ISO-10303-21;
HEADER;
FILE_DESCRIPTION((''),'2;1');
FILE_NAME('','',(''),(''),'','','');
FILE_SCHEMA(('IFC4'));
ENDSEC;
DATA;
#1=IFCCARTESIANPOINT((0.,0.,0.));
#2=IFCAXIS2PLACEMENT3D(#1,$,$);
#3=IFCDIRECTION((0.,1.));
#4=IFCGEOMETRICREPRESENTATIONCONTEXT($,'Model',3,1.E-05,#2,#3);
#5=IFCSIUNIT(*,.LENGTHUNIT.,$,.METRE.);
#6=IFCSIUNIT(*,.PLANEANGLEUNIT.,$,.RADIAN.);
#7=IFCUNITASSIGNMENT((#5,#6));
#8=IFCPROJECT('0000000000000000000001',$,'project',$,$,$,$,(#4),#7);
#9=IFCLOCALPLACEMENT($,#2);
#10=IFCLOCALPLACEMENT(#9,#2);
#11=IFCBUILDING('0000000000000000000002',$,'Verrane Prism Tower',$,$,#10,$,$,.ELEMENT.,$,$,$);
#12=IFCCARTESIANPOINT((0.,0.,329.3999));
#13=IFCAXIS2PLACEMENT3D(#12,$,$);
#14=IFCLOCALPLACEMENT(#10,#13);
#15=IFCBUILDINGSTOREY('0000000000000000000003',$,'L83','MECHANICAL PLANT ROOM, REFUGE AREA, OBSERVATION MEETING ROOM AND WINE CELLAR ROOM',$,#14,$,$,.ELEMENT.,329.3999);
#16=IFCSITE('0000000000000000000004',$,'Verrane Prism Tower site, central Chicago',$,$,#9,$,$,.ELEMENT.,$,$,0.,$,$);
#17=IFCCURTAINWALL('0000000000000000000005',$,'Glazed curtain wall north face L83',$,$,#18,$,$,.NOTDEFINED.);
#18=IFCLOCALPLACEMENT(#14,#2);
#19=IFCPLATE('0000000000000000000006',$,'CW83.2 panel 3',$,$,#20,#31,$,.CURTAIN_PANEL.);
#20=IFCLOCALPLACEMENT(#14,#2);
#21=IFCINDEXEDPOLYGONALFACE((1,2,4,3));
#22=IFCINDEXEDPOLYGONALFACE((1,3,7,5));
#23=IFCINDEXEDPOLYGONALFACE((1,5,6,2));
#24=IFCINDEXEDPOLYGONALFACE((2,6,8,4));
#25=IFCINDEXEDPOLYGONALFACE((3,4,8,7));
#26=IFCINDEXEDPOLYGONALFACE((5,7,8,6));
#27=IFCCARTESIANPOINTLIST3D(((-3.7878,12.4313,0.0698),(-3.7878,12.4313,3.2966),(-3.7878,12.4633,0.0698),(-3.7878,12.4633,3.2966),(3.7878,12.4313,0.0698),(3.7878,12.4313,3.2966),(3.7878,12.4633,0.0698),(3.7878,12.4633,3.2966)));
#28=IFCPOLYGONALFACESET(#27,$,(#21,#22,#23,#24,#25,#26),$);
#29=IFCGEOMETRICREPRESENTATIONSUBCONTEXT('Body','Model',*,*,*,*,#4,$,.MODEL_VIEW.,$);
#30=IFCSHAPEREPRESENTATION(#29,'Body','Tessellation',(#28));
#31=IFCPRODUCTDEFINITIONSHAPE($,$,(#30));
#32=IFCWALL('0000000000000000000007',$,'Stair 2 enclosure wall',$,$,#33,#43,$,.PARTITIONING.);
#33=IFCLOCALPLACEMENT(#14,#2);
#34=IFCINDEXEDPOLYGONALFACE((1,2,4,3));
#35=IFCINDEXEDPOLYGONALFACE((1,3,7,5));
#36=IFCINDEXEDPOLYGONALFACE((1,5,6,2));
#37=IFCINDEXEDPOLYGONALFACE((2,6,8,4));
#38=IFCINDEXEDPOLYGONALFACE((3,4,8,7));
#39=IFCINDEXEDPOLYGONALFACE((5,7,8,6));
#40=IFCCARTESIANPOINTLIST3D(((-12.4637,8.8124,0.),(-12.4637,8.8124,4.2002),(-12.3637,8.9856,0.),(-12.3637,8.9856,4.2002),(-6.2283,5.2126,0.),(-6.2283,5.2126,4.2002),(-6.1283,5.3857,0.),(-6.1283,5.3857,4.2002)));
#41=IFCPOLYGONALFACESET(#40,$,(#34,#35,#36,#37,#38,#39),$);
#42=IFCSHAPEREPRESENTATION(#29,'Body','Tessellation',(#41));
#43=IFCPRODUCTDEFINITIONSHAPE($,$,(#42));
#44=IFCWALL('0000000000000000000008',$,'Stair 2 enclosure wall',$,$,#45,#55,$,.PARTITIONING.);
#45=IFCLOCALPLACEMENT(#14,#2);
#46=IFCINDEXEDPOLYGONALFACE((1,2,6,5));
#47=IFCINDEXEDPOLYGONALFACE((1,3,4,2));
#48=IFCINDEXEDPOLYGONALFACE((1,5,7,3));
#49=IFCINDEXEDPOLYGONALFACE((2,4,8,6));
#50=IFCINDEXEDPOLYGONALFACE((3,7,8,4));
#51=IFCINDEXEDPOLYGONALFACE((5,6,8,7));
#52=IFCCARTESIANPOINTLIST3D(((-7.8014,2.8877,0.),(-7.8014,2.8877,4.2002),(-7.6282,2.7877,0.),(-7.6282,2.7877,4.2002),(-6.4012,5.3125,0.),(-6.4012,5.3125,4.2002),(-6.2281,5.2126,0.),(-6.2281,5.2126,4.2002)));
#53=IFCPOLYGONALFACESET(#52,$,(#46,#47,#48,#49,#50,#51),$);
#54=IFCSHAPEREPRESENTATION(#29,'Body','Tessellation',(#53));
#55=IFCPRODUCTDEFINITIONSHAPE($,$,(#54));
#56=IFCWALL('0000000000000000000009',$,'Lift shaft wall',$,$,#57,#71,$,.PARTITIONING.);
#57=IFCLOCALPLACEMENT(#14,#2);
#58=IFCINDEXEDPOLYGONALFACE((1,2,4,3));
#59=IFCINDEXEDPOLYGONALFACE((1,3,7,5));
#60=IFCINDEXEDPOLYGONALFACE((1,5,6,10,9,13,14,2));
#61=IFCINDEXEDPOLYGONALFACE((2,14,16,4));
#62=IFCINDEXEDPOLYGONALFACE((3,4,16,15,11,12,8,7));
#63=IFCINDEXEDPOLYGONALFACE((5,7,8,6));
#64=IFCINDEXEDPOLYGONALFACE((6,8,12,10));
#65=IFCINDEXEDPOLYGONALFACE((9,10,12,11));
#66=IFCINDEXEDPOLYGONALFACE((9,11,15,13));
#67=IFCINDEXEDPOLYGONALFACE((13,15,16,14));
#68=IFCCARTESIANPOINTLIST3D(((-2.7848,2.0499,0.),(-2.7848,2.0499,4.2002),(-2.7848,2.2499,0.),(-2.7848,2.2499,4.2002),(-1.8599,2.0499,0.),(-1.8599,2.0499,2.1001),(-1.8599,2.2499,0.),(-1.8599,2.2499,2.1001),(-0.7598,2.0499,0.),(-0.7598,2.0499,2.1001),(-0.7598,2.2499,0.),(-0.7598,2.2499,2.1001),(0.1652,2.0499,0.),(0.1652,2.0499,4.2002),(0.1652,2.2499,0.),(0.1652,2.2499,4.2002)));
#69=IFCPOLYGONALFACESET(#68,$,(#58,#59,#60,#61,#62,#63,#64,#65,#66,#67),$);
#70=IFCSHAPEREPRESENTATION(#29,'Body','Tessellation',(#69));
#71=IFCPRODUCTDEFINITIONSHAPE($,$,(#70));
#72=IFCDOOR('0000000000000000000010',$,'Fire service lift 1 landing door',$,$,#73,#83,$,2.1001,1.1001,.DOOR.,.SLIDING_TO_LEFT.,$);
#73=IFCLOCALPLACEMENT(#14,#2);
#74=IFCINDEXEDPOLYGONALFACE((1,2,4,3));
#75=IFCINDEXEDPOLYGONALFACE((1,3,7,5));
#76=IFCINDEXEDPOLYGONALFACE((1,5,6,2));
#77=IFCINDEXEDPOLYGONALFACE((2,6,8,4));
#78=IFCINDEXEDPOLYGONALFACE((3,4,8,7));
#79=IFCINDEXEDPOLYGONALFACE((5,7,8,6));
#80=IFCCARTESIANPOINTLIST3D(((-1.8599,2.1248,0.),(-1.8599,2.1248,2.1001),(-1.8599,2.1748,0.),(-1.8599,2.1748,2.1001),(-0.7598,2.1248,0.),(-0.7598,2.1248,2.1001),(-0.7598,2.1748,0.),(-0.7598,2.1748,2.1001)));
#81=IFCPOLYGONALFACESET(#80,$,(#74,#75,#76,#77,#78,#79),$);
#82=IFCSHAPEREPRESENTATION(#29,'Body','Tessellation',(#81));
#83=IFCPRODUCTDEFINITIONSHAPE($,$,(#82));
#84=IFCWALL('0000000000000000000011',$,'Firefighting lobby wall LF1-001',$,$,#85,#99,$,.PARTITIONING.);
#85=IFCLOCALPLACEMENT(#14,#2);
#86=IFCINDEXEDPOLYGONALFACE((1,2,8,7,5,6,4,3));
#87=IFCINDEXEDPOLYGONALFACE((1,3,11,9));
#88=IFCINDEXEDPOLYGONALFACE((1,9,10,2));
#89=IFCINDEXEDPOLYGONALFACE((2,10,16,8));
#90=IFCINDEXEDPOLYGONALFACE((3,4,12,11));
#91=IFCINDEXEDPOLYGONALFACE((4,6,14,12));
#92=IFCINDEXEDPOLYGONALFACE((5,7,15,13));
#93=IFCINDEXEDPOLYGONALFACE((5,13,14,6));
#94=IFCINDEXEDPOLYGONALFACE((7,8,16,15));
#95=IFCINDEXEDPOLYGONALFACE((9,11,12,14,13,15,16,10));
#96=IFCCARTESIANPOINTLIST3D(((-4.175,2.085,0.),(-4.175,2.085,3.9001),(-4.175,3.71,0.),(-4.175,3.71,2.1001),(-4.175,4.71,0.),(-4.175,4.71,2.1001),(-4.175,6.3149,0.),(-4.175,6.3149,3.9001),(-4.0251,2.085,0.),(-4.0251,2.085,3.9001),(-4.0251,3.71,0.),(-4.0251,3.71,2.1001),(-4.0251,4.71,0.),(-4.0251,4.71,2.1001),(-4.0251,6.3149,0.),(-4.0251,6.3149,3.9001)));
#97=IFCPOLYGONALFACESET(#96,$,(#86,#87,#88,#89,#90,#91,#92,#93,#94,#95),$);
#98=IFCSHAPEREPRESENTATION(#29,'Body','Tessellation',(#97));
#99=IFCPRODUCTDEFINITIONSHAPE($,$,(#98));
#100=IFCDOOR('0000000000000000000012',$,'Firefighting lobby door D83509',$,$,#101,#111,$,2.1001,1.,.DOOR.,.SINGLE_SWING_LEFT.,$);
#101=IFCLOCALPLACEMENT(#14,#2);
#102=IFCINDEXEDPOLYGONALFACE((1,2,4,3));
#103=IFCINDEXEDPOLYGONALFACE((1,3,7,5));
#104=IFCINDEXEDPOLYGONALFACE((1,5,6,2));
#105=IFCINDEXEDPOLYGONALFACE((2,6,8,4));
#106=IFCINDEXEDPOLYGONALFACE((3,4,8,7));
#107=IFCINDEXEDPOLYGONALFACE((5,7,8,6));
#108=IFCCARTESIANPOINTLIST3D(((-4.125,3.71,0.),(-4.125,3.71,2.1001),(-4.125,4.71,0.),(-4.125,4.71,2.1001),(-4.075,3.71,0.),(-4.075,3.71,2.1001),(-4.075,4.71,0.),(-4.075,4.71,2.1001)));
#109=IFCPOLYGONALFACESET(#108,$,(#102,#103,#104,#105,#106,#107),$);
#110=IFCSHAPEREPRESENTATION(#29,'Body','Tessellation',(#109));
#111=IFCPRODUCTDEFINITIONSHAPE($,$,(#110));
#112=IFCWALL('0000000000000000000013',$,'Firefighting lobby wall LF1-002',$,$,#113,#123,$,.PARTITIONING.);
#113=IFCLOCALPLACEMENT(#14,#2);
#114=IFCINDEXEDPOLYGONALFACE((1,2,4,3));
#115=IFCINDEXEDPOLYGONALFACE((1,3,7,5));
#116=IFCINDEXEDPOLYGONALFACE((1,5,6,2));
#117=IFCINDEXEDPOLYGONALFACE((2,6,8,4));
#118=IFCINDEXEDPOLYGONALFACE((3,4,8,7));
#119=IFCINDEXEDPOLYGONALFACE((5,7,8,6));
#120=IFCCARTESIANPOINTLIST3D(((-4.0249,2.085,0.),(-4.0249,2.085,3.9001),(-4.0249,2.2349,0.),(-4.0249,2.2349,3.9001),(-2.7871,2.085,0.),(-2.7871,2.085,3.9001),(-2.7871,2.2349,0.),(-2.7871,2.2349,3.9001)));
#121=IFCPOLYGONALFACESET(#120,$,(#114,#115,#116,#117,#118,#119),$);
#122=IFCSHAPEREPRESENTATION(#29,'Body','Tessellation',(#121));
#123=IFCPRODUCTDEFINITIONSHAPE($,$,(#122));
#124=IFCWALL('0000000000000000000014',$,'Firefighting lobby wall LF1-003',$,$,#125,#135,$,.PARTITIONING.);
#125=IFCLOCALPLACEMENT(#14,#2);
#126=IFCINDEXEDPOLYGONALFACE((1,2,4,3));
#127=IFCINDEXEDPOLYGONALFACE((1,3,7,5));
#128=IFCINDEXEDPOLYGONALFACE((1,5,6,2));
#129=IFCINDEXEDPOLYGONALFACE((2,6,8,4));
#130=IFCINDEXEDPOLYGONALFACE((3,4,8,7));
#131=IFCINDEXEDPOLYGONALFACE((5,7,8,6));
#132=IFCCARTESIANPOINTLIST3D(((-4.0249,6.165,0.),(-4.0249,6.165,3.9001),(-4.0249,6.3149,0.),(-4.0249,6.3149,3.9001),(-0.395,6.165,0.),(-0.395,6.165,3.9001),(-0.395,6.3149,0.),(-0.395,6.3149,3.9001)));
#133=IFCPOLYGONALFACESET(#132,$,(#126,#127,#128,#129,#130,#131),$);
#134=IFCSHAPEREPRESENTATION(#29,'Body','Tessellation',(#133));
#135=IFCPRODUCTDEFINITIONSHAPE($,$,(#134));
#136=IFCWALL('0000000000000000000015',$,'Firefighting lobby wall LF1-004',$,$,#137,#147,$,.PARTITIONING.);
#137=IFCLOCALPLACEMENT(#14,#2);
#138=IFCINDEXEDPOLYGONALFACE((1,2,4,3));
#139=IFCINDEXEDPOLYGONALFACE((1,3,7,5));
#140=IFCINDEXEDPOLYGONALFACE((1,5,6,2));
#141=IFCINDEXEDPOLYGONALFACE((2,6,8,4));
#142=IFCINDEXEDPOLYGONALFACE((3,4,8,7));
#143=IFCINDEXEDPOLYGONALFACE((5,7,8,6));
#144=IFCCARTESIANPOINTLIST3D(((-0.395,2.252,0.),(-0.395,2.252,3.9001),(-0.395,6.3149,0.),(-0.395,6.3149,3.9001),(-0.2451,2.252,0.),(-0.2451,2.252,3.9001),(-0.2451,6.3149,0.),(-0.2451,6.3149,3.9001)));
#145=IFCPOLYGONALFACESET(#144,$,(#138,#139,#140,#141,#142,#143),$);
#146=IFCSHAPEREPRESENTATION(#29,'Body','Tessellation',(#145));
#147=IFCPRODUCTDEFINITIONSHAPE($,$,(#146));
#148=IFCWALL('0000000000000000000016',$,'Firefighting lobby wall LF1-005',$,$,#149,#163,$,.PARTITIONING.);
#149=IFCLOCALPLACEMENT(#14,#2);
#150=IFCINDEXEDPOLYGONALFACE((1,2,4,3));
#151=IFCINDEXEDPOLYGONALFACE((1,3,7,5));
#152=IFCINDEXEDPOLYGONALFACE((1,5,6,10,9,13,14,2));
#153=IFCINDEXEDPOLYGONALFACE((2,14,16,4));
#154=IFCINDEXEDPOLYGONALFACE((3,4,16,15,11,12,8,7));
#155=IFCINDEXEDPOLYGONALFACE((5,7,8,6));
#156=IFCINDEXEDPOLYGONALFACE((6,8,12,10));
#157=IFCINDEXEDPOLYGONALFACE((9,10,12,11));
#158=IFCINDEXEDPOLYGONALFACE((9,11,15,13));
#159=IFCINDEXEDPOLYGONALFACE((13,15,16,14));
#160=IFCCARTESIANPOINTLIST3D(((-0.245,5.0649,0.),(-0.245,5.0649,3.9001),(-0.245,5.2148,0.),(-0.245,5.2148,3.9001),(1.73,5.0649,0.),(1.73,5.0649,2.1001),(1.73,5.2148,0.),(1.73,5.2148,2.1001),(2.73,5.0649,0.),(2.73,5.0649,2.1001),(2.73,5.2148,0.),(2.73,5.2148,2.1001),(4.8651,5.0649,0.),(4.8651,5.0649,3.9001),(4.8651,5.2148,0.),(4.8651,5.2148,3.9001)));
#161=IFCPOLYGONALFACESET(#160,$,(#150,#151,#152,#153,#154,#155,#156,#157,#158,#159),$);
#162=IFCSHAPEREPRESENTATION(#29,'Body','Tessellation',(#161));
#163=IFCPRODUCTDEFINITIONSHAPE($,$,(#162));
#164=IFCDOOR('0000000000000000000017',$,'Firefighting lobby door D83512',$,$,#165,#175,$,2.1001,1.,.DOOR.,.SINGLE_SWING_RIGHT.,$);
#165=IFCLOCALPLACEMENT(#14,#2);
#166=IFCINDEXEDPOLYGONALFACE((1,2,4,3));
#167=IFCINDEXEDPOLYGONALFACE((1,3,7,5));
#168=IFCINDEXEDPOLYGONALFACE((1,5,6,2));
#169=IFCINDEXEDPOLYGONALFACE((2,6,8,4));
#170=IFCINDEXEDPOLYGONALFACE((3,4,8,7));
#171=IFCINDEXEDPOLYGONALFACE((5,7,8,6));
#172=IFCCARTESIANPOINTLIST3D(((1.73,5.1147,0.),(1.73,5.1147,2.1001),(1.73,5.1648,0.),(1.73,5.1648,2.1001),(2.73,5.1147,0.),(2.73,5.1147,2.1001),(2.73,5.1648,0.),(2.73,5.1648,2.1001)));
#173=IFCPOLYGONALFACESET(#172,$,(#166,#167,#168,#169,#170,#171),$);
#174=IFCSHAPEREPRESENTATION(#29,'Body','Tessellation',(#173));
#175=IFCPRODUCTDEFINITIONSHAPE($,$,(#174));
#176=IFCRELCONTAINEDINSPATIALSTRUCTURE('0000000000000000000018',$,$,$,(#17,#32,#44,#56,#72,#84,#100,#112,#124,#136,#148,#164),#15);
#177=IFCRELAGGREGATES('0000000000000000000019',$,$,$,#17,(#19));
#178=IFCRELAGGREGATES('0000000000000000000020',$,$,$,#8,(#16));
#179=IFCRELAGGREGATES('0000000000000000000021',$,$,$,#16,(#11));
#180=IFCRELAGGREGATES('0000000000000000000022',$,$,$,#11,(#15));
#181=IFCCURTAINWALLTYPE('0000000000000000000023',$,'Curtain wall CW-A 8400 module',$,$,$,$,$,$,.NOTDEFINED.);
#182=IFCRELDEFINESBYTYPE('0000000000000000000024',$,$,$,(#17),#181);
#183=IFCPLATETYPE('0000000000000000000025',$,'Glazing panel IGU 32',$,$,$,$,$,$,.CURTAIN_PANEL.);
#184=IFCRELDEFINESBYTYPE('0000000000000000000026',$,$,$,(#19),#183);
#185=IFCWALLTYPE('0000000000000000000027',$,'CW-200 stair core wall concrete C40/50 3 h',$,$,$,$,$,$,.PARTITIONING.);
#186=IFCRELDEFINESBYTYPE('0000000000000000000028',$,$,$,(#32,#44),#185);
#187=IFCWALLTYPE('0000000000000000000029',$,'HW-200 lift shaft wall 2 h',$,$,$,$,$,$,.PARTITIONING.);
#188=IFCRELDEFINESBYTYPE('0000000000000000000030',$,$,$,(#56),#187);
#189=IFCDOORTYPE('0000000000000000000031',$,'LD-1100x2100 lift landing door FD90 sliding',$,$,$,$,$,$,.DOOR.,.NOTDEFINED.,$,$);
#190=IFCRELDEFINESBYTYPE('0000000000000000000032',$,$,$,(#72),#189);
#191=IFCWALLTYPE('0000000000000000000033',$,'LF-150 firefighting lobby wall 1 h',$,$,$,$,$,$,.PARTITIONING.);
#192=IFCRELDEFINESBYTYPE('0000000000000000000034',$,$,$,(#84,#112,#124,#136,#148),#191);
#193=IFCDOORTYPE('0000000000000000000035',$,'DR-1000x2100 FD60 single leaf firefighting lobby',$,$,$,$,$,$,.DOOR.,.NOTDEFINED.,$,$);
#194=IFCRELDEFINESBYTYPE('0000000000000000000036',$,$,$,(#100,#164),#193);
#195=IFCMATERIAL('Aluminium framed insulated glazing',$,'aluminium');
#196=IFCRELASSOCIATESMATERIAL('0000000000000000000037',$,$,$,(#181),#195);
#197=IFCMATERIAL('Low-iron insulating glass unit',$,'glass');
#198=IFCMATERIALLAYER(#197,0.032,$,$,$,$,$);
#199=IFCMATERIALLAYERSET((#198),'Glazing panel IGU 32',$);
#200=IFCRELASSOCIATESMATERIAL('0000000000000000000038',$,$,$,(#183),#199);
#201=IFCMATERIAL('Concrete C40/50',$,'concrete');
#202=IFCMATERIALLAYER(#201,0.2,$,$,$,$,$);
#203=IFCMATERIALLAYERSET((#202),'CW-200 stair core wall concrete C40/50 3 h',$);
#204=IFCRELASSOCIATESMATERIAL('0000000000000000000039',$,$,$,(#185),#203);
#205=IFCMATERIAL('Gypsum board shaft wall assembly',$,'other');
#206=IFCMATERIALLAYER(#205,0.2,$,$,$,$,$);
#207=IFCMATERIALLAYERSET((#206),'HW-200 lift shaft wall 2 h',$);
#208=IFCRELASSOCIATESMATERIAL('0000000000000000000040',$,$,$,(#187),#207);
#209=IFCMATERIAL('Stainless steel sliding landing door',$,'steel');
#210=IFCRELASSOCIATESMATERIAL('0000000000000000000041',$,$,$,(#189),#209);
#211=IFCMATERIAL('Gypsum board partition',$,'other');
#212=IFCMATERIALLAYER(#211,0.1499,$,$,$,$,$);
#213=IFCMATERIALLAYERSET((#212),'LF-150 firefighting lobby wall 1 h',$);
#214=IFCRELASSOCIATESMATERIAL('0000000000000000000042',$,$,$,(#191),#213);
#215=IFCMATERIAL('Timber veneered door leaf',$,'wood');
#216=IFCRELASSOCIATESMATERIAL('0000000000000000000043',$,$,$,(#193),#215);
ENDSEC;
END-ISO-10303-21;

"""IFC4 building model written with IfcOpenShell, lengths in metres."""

from ifc_helpers import new_model, si_unit, direction, frame, frame_2d, origin, origin_2d, place, context, subcontext, project, spatial, rectangle, extrude, material, layer, layer_set, type_object, element, fill, aggregate, save


model = new_model("IFC4")

# Units and contexts
model_context = context("Model", 3, precision=1e-05, world=origin(), true_north=direction((0.0, 1.0)))
body_context = subcontext(model_context, "Body", "Model", "MODEL_VIEW")
ifc_project = project(units=[si_unit("LENGTHUNIT", "METRE"), si_unit("PLANEANGLEUNIT", "RADIAN")], contexts=[model_context])

# Site, building, storey
site_placement = place(None, origin())
site = spatial("IfcSite", under=ifc_project, at=site_placement, Name="Verrane Prism Tower site, central Chicago", CompositionType="ELEMENT", RefElevation=0.0)
building_placement = place(site_placement, origin())
building = spatial("IfcBuilding", under=site, at=building_placement, Name="Verrane Prism Tower", CompositionType="ELEMENT")
storey_placement = place(building_placement, frame((0.0, 0.0, 329.3999)))
storey = spatial("IfcBuildingStorey", under=building, at=storey_placement, Name="L83", Description="MECHANICAL PLANT ROOM, REFUGE AREA, OBSERVATION MEETING ROOM AND WINE CELLAR ROOM", CompositionType="ELEMENT", Elevation=329.3999)

# Curtain wall
ifc_material_1 = material(Name="Aluminium framed insulated glazing", Category="aluminium")
curtain_wall_type = type_object("IfcCurtainWallType", Name="Curtain wall CW-A 8400 module", PredefinedType="NOTDEFINED", material=ifc_material_1)
curtain_wall_placement = place(storey_placement, origin())
curtain_wall = element("IfcCurtainWall", 1, at=curtain_wall_placement, inside=storey, type_object=curtain_wall_type, Name="Glazed curtain wall north face L83", PredefinedType="NOTDEFINED")

# Plate
ifc_material_2 = material(Name="Low-iron insulating glass unit", Category="glass")
ifc_layer_1 = layer(ifc_material_2, 0.032)
ifc_layer_set_1 = layer_set([ifc_layer_1], Name="Glazing panel IGU 32")
plate_type = type_object("IfcPlateType", Name="Glazing panel IGU 32", PredefinedType="CURTAIN_PANEL", material=ifc_layer_set_1)
plate_placement = place(storey_placement, frame((0.0, 12.4473, 0.0698), z_axis=(0.0, 0.0, 1.0), x_axis=(-1.0, 0.0, 0.0)))
plate = element("IfcPlate", 2, at=plate_placement, type_object=plate_type, Name="CW83.2 panel 3", PredefinedType="CURTAIN_PANEL", context=body_context, shape_type="SweptSolid", body=[
    extrude(rectangle(XDim=7.5757, YDim=0.032, at=origin_2d()), origin(), (0.0, 0.0, 1.0), 3.2268),
])
aggregate(curtain_wall, [plate])

# Walls
ifc_material_3 = material(Name="Concrete C40/50", Category="concrete")
ifc_layer_2 = layer(ifc_material_3, 0.2)
ifc_layer_set_2 = layer_set([ifc_layer_2], Name="CW-200 stair core wall concrete C40/50 3 h")
wall_type_1 = type_object("IfcWallType", Name="CW-200 stair core wall concrete C40/50 3 h", PredefinedType="PARTITIONING", material=ifc_layer_set_2)
wall_1_placement = place(storey_placement, frame((-6.1782, 5.2991, 0.0), z_axis=(0.0, 0.0, 1.0), x_axis=(-0.866033, 0.499987, 0.0)))
element("IfcWall", 3, at=wall_1_placement, inside=storey, type_object=wall_type_1, Name="Stair 2 enclosure wall", PredefinedType="PARTITIONING", context=body_context, shape_type="SweptSolid", body=[
    extrude(rectangle(XDim=7.2, YDim=0.2, at=frame_2d((3.6001, 0.0))), origin(), (0.0, 0.0, 1.0), 4.2002),
])
wall_2_placement = place(storey_placement, frame((-6.3147, 5.2625, 0.0), z_axis=(0.0, 0.0, 1.0), x_axis=(-0.50005, -0.865997, 0.0)))
element("IfcWall", 4, at=wall_2_placement, inside=storey, type_object=wall_type_1, Name="Stair 2 enclosure wall", PredefinedType="PARTITIONING", context=body_context, shape_type="SweptSolid", body=[
    extrude(rectangle(XDim=2.8, YDim=0.2, at=frame_2d((1.3999, 0.0))), origin(), (0.0, 0.0, 1.0), 4.2002),
])

# Walls, openings, doors
ifc_material_4 = material(Name="Gypsum board shaft wall assembly", Category="other")
ifc_layer_3 = layer(ifc_material_4, 0.2)
ifc_layer_set_3 = layer_set([ifc_layer_3], Name="HW-200 lift shaft wall 2 h")
wall_type_2 = type_object("IfcWallType", Name="HW-200 lift shaft wall 2 h", PredefinedType="PARTITIONING", material=ifc_layer_set_3)
wall_3_placement = place(storey_placement, frame((-2.7849, 2.1499, 0.0), z_axis=(0.0, 0.0, 1.0), x_axis=(1.0, 0.0, 0.0)))
wall_3 = element("IfcWall", 5, at=wall_3_placement, inside=storey, type_object=wall_type_2, Name="Lift shaft wall", PredefinedType="PARTITIONING", context=body_context, shape_type="SweptSolid", body=[
    extrude(rectangle(XDim=2.95, YDim=0.2, at=frame_2d((1.4751, 0.0))), origin(), (0.0, 0.0, 1.0), 4.2002),
])
opening_1_placement = place(wall_3_placement, frame((0.925, 0.0, 0.0)))
opening_1 = element("IfcOpeningElement", 6, at=opening_1_placement, cuts=wall_3, PredefinedType="OPENING", context=body_context, shape_type="SweptSolid", body=[
    extrude(rectangle(XDim=1.1001, YDim=2.1001, at=frame_2d((0.55, 1.05))), frame((0.0, 0.1099, 0.0), z_axis=(0.0, -1.0, 0.0), x_axis=(1.0, 0.0, 0.0)), (0.0, 0.0, 1.0), 0.22),
])
ifc_material_5 = material(Name="Stainless steel sliding landing door", Category="steel")
door_type_1 = type_object("IfcDoorType", Name="LD-1100x2100 lift landing door FD90 sliding", OperationType="NOTDEFINED", PredefinedType="DOOR", material=ifc_material_5)
door_1_placement = place(opening_1_placement, origin())
door_1 = element("IfcDoor", 7, at=door_1_placement, inside=storey, type_object=door_type_1, Name="Fire service lift 1 landing door", OperationType="SLIDING_TO_LEFT", OverallHeight=2.1001, OverallWidth=1.1001, PredefinedType="DOOR", context=body_context, shape_type="SweptSolid", body=[
    extrude(rectangle(XDim=1.1001, YDim=2.1001, at=frame_2d((0.55, 1.05))), frame((0.0, 0.0249, 0.0), z_axis=(0.0, -1.0, 0.0), x_axis=(1.0, 0.0, 0.0)), (0.0, 0.0, 1.0), 0.05),
])
fill(opening_1, door_1)
ifc_material_6 = material(Name="Gypsum board partition", Category="other")
ifc_layer_4 = layer(ifc_material_6, 0.1499)
ifc_layer_set_4 = layer_set([ifc_layer_4], Name="LF-150 firefighting lobby wall 1 h")
wall_type_3 = type_object("IfcWallType", Name="LF-150 firefighting lobby wall 1 h", PredefinedType="PARTITIONING", material=ifc_layer_set_4)
wall_4_placement = place(storey_placement, frame((-4.1001, 2.085, 0.0), z_axis=(0.0, 0.0, 1.0), x_axis=(0.0, 1.0, 0.0)))
wall_4 = element("IfcWall", 8, at=wall_4_placement, inside=storey, type_object=wall_type_3, Name="Firefighting lobby wall LF1-001", PredefinedType="PARTITIONING", context=body_context, shape_type="SweptSolid", body=[
    extrude(rectangle(XDim=4.23, YDim=0.1499, at=frame_2d((2.115, 0.0))), origin(), (0.0, 0.0, 1.0), 3.9001),
])
opening_2_placement = place(wall_4_placement, frame((1.625, 0.0, 0.0)))
opening_2 = element("IfcOpeningElement", 9, at=opening_2_placement, cuts=wall_4, PredefinedType="OPENING", context=body_context, shape_type="SweptSolid", body=[
    extrude(rectangle(XDim=1.0, YDim=2.1001, at=frame_2d((0.5, 1.05))), frame((0.0, 0.085, 0.0), z_axis=(0.0, -1.0, 0.0), x_axis=(1.0, 0.0, 0.0)), (0.0, 0.0, 1.0), 0.1699),
])
ifc_material_7 = material(Name="Timber veneered door leaf", Category="wood")
door_type_2 = type_object("IfcDoorType", Name="DR-1000x2100 FD60 single leaf firefighting lobby", OperationType="NOTDEFINED", PredefinedType="DOOR", material=ifc_material_7)
door_2_placement = place(opening_2_placement, origin())
door_2 = element("IfcDoor", 10, at=door_2_placement, inside=storey, type_object=door_type_2, Name="Firefighting lobby door D83509", OperationType="SINGLE_SWING_LEFT", OverallHeight=2.1001, OverallWidth=1.0, PredefinedType="DOOR", context=body_context, shape_type="SweptSolid", body=[
    extrude(rectangle(XDim=1.0, YDim=2.1001, at=frame_2d((0.5, 1.05))), frame((0.0, 0.0249, 0.0), z_axis=(0.0, -1.0, 0.0), x_axis=(1.0, 0.0, 0.0)), (0.0, 0.0, 1.0), 0.05),
])
fill(opening_2, door_2)

# Walls
wall_5_placement = place(storey_placement, frame((-4.0249, 2.1599, 0.0), z_axis=(0.0, 0.0, 1.0), x_axis=(1.0, 0.0, 0.0)))
element("IfcWall", 11, at=wall_5_placement, inside=storey, type_object=wall_type_3, Name="Firefighting lobby wall LF1-002", PredefinedType="PARTITIONING", context=body_context, shape_type="SweptSolid", body=[
    extrude(rectangle(XDim=1.2378, YDim=0.1499, at=frame_2d((0.6189, 0.0))), origin(), (0.0, 0.0, 1.0), 3.9001),
])
wall_6_placement = place(storey_placement, frame((-4.0249, 6.24, 0.0), z_axis=(0.0, 0.0, 1.0), x_axis=(1.0, 0.0, 0.0)))
element("IfcWall", 12, at=wall_6_placement, inside=storey, type_object=wall_type_3, Name="Firefighting lobby wall LF1-003", PredefinedType="PARTITIONING", context=body_context, shape_type="SweptSolid", body=[
    extrude(rectangle(XDim=3.6299, YDim=0.1499, at=frame_2d((1.8149, 0.0))), origin(), (0.0, 0.0, 1.0), 3.9001),
])
wall_7_placement = place(storey_placement, frame((-0.3201, 2.252, 0.0), z_axis=(0.0, 0.0, 1.0), x_axis=(0.0, 1.0, 0.0)))
element("IfcWall", 13, at=wall_7_placement, inside=storey, type_object=wall_type_3, Name="Firefighting lobby wall LF1-004", PredefinedType="PARTITIONING", context=body_context, shape_type="SweptSolid", body=[
    extrude(rectangle(XDim=4.063, YDim=0.1499, at=frame_2d((2.0315, 0.0))), origin(), (0.0, 0.0, 1.0), 3.9001),
])

# Wall, opening, door
wall_8_placement = place(storey_placement, frame((-0.2451, 5.1399, 0.0), z_axis=(0.0, 0.0, 1.0), x_axis=(1.0, 0.0, 0.0)))
wall_8 = element("IfcWall", 14, at=wall_8_placement, inside=storey, type_object=wall_type_3, Name="Firefighting lobby wall LF1-005", PredefinedType="PARTITIONING", context=body_context, shape_type="SweptSolid", body=[
    extrude(rectangle(XDim=5.1101, YDim=0.1499, at=frame_2d((2.5552, 0.0))), origin(), (0.0, 0.0, 1.0), 3.9001),
])
opening_3_placement = place(wall_8_placement, frame((1.9751, 0.0, 0.0)))
opening_3 = element("IfcOpeningElement", 15, at=opening_3_placement, cuts=wall_8, PredefinedType="OPENING", context=body_context, shape_type="SweptSolid", body=[
    extrude(rectangle(XDim=1.0, YDim=2.1001, at=frame_2d((0.5, 1.05))), frame((0.0, 0.085, 0.0), z_axis=(0.0, -1.0, 0.0), x_axis=(1.0, 0.0, 0.0)), (0.0, 0.0, 1.0), 0.1699),
])
door_3_placement = place(opening_3_placement, origin())
door_3 = element("IfcDoor", 16, at=door_3_placement, inside=storey, type_object=door_type_2, Name="Firefighting lobby door D83512", OperationType="SINGLE_SWING_RIGHT", OverallHeight=2.1001, OverallWidth=1.0, PredefinedType="DOOR", context=body_context, shape_type="SweptSolid", body=[
    extrude(rectangle(XDim=1.0, YDim=2.1001, at=frame_2d((0.5, 1.05))), frame((0.0, 0.0249, 0.0), z_axis=(0.0, -1.0, 0.0), x_axis=(1.0, 0.0, 0.0)), (0.0, 0.0, 1.0), 0.05),
])
fill(opening_3, door_3)

save(model, "model.ifc")
